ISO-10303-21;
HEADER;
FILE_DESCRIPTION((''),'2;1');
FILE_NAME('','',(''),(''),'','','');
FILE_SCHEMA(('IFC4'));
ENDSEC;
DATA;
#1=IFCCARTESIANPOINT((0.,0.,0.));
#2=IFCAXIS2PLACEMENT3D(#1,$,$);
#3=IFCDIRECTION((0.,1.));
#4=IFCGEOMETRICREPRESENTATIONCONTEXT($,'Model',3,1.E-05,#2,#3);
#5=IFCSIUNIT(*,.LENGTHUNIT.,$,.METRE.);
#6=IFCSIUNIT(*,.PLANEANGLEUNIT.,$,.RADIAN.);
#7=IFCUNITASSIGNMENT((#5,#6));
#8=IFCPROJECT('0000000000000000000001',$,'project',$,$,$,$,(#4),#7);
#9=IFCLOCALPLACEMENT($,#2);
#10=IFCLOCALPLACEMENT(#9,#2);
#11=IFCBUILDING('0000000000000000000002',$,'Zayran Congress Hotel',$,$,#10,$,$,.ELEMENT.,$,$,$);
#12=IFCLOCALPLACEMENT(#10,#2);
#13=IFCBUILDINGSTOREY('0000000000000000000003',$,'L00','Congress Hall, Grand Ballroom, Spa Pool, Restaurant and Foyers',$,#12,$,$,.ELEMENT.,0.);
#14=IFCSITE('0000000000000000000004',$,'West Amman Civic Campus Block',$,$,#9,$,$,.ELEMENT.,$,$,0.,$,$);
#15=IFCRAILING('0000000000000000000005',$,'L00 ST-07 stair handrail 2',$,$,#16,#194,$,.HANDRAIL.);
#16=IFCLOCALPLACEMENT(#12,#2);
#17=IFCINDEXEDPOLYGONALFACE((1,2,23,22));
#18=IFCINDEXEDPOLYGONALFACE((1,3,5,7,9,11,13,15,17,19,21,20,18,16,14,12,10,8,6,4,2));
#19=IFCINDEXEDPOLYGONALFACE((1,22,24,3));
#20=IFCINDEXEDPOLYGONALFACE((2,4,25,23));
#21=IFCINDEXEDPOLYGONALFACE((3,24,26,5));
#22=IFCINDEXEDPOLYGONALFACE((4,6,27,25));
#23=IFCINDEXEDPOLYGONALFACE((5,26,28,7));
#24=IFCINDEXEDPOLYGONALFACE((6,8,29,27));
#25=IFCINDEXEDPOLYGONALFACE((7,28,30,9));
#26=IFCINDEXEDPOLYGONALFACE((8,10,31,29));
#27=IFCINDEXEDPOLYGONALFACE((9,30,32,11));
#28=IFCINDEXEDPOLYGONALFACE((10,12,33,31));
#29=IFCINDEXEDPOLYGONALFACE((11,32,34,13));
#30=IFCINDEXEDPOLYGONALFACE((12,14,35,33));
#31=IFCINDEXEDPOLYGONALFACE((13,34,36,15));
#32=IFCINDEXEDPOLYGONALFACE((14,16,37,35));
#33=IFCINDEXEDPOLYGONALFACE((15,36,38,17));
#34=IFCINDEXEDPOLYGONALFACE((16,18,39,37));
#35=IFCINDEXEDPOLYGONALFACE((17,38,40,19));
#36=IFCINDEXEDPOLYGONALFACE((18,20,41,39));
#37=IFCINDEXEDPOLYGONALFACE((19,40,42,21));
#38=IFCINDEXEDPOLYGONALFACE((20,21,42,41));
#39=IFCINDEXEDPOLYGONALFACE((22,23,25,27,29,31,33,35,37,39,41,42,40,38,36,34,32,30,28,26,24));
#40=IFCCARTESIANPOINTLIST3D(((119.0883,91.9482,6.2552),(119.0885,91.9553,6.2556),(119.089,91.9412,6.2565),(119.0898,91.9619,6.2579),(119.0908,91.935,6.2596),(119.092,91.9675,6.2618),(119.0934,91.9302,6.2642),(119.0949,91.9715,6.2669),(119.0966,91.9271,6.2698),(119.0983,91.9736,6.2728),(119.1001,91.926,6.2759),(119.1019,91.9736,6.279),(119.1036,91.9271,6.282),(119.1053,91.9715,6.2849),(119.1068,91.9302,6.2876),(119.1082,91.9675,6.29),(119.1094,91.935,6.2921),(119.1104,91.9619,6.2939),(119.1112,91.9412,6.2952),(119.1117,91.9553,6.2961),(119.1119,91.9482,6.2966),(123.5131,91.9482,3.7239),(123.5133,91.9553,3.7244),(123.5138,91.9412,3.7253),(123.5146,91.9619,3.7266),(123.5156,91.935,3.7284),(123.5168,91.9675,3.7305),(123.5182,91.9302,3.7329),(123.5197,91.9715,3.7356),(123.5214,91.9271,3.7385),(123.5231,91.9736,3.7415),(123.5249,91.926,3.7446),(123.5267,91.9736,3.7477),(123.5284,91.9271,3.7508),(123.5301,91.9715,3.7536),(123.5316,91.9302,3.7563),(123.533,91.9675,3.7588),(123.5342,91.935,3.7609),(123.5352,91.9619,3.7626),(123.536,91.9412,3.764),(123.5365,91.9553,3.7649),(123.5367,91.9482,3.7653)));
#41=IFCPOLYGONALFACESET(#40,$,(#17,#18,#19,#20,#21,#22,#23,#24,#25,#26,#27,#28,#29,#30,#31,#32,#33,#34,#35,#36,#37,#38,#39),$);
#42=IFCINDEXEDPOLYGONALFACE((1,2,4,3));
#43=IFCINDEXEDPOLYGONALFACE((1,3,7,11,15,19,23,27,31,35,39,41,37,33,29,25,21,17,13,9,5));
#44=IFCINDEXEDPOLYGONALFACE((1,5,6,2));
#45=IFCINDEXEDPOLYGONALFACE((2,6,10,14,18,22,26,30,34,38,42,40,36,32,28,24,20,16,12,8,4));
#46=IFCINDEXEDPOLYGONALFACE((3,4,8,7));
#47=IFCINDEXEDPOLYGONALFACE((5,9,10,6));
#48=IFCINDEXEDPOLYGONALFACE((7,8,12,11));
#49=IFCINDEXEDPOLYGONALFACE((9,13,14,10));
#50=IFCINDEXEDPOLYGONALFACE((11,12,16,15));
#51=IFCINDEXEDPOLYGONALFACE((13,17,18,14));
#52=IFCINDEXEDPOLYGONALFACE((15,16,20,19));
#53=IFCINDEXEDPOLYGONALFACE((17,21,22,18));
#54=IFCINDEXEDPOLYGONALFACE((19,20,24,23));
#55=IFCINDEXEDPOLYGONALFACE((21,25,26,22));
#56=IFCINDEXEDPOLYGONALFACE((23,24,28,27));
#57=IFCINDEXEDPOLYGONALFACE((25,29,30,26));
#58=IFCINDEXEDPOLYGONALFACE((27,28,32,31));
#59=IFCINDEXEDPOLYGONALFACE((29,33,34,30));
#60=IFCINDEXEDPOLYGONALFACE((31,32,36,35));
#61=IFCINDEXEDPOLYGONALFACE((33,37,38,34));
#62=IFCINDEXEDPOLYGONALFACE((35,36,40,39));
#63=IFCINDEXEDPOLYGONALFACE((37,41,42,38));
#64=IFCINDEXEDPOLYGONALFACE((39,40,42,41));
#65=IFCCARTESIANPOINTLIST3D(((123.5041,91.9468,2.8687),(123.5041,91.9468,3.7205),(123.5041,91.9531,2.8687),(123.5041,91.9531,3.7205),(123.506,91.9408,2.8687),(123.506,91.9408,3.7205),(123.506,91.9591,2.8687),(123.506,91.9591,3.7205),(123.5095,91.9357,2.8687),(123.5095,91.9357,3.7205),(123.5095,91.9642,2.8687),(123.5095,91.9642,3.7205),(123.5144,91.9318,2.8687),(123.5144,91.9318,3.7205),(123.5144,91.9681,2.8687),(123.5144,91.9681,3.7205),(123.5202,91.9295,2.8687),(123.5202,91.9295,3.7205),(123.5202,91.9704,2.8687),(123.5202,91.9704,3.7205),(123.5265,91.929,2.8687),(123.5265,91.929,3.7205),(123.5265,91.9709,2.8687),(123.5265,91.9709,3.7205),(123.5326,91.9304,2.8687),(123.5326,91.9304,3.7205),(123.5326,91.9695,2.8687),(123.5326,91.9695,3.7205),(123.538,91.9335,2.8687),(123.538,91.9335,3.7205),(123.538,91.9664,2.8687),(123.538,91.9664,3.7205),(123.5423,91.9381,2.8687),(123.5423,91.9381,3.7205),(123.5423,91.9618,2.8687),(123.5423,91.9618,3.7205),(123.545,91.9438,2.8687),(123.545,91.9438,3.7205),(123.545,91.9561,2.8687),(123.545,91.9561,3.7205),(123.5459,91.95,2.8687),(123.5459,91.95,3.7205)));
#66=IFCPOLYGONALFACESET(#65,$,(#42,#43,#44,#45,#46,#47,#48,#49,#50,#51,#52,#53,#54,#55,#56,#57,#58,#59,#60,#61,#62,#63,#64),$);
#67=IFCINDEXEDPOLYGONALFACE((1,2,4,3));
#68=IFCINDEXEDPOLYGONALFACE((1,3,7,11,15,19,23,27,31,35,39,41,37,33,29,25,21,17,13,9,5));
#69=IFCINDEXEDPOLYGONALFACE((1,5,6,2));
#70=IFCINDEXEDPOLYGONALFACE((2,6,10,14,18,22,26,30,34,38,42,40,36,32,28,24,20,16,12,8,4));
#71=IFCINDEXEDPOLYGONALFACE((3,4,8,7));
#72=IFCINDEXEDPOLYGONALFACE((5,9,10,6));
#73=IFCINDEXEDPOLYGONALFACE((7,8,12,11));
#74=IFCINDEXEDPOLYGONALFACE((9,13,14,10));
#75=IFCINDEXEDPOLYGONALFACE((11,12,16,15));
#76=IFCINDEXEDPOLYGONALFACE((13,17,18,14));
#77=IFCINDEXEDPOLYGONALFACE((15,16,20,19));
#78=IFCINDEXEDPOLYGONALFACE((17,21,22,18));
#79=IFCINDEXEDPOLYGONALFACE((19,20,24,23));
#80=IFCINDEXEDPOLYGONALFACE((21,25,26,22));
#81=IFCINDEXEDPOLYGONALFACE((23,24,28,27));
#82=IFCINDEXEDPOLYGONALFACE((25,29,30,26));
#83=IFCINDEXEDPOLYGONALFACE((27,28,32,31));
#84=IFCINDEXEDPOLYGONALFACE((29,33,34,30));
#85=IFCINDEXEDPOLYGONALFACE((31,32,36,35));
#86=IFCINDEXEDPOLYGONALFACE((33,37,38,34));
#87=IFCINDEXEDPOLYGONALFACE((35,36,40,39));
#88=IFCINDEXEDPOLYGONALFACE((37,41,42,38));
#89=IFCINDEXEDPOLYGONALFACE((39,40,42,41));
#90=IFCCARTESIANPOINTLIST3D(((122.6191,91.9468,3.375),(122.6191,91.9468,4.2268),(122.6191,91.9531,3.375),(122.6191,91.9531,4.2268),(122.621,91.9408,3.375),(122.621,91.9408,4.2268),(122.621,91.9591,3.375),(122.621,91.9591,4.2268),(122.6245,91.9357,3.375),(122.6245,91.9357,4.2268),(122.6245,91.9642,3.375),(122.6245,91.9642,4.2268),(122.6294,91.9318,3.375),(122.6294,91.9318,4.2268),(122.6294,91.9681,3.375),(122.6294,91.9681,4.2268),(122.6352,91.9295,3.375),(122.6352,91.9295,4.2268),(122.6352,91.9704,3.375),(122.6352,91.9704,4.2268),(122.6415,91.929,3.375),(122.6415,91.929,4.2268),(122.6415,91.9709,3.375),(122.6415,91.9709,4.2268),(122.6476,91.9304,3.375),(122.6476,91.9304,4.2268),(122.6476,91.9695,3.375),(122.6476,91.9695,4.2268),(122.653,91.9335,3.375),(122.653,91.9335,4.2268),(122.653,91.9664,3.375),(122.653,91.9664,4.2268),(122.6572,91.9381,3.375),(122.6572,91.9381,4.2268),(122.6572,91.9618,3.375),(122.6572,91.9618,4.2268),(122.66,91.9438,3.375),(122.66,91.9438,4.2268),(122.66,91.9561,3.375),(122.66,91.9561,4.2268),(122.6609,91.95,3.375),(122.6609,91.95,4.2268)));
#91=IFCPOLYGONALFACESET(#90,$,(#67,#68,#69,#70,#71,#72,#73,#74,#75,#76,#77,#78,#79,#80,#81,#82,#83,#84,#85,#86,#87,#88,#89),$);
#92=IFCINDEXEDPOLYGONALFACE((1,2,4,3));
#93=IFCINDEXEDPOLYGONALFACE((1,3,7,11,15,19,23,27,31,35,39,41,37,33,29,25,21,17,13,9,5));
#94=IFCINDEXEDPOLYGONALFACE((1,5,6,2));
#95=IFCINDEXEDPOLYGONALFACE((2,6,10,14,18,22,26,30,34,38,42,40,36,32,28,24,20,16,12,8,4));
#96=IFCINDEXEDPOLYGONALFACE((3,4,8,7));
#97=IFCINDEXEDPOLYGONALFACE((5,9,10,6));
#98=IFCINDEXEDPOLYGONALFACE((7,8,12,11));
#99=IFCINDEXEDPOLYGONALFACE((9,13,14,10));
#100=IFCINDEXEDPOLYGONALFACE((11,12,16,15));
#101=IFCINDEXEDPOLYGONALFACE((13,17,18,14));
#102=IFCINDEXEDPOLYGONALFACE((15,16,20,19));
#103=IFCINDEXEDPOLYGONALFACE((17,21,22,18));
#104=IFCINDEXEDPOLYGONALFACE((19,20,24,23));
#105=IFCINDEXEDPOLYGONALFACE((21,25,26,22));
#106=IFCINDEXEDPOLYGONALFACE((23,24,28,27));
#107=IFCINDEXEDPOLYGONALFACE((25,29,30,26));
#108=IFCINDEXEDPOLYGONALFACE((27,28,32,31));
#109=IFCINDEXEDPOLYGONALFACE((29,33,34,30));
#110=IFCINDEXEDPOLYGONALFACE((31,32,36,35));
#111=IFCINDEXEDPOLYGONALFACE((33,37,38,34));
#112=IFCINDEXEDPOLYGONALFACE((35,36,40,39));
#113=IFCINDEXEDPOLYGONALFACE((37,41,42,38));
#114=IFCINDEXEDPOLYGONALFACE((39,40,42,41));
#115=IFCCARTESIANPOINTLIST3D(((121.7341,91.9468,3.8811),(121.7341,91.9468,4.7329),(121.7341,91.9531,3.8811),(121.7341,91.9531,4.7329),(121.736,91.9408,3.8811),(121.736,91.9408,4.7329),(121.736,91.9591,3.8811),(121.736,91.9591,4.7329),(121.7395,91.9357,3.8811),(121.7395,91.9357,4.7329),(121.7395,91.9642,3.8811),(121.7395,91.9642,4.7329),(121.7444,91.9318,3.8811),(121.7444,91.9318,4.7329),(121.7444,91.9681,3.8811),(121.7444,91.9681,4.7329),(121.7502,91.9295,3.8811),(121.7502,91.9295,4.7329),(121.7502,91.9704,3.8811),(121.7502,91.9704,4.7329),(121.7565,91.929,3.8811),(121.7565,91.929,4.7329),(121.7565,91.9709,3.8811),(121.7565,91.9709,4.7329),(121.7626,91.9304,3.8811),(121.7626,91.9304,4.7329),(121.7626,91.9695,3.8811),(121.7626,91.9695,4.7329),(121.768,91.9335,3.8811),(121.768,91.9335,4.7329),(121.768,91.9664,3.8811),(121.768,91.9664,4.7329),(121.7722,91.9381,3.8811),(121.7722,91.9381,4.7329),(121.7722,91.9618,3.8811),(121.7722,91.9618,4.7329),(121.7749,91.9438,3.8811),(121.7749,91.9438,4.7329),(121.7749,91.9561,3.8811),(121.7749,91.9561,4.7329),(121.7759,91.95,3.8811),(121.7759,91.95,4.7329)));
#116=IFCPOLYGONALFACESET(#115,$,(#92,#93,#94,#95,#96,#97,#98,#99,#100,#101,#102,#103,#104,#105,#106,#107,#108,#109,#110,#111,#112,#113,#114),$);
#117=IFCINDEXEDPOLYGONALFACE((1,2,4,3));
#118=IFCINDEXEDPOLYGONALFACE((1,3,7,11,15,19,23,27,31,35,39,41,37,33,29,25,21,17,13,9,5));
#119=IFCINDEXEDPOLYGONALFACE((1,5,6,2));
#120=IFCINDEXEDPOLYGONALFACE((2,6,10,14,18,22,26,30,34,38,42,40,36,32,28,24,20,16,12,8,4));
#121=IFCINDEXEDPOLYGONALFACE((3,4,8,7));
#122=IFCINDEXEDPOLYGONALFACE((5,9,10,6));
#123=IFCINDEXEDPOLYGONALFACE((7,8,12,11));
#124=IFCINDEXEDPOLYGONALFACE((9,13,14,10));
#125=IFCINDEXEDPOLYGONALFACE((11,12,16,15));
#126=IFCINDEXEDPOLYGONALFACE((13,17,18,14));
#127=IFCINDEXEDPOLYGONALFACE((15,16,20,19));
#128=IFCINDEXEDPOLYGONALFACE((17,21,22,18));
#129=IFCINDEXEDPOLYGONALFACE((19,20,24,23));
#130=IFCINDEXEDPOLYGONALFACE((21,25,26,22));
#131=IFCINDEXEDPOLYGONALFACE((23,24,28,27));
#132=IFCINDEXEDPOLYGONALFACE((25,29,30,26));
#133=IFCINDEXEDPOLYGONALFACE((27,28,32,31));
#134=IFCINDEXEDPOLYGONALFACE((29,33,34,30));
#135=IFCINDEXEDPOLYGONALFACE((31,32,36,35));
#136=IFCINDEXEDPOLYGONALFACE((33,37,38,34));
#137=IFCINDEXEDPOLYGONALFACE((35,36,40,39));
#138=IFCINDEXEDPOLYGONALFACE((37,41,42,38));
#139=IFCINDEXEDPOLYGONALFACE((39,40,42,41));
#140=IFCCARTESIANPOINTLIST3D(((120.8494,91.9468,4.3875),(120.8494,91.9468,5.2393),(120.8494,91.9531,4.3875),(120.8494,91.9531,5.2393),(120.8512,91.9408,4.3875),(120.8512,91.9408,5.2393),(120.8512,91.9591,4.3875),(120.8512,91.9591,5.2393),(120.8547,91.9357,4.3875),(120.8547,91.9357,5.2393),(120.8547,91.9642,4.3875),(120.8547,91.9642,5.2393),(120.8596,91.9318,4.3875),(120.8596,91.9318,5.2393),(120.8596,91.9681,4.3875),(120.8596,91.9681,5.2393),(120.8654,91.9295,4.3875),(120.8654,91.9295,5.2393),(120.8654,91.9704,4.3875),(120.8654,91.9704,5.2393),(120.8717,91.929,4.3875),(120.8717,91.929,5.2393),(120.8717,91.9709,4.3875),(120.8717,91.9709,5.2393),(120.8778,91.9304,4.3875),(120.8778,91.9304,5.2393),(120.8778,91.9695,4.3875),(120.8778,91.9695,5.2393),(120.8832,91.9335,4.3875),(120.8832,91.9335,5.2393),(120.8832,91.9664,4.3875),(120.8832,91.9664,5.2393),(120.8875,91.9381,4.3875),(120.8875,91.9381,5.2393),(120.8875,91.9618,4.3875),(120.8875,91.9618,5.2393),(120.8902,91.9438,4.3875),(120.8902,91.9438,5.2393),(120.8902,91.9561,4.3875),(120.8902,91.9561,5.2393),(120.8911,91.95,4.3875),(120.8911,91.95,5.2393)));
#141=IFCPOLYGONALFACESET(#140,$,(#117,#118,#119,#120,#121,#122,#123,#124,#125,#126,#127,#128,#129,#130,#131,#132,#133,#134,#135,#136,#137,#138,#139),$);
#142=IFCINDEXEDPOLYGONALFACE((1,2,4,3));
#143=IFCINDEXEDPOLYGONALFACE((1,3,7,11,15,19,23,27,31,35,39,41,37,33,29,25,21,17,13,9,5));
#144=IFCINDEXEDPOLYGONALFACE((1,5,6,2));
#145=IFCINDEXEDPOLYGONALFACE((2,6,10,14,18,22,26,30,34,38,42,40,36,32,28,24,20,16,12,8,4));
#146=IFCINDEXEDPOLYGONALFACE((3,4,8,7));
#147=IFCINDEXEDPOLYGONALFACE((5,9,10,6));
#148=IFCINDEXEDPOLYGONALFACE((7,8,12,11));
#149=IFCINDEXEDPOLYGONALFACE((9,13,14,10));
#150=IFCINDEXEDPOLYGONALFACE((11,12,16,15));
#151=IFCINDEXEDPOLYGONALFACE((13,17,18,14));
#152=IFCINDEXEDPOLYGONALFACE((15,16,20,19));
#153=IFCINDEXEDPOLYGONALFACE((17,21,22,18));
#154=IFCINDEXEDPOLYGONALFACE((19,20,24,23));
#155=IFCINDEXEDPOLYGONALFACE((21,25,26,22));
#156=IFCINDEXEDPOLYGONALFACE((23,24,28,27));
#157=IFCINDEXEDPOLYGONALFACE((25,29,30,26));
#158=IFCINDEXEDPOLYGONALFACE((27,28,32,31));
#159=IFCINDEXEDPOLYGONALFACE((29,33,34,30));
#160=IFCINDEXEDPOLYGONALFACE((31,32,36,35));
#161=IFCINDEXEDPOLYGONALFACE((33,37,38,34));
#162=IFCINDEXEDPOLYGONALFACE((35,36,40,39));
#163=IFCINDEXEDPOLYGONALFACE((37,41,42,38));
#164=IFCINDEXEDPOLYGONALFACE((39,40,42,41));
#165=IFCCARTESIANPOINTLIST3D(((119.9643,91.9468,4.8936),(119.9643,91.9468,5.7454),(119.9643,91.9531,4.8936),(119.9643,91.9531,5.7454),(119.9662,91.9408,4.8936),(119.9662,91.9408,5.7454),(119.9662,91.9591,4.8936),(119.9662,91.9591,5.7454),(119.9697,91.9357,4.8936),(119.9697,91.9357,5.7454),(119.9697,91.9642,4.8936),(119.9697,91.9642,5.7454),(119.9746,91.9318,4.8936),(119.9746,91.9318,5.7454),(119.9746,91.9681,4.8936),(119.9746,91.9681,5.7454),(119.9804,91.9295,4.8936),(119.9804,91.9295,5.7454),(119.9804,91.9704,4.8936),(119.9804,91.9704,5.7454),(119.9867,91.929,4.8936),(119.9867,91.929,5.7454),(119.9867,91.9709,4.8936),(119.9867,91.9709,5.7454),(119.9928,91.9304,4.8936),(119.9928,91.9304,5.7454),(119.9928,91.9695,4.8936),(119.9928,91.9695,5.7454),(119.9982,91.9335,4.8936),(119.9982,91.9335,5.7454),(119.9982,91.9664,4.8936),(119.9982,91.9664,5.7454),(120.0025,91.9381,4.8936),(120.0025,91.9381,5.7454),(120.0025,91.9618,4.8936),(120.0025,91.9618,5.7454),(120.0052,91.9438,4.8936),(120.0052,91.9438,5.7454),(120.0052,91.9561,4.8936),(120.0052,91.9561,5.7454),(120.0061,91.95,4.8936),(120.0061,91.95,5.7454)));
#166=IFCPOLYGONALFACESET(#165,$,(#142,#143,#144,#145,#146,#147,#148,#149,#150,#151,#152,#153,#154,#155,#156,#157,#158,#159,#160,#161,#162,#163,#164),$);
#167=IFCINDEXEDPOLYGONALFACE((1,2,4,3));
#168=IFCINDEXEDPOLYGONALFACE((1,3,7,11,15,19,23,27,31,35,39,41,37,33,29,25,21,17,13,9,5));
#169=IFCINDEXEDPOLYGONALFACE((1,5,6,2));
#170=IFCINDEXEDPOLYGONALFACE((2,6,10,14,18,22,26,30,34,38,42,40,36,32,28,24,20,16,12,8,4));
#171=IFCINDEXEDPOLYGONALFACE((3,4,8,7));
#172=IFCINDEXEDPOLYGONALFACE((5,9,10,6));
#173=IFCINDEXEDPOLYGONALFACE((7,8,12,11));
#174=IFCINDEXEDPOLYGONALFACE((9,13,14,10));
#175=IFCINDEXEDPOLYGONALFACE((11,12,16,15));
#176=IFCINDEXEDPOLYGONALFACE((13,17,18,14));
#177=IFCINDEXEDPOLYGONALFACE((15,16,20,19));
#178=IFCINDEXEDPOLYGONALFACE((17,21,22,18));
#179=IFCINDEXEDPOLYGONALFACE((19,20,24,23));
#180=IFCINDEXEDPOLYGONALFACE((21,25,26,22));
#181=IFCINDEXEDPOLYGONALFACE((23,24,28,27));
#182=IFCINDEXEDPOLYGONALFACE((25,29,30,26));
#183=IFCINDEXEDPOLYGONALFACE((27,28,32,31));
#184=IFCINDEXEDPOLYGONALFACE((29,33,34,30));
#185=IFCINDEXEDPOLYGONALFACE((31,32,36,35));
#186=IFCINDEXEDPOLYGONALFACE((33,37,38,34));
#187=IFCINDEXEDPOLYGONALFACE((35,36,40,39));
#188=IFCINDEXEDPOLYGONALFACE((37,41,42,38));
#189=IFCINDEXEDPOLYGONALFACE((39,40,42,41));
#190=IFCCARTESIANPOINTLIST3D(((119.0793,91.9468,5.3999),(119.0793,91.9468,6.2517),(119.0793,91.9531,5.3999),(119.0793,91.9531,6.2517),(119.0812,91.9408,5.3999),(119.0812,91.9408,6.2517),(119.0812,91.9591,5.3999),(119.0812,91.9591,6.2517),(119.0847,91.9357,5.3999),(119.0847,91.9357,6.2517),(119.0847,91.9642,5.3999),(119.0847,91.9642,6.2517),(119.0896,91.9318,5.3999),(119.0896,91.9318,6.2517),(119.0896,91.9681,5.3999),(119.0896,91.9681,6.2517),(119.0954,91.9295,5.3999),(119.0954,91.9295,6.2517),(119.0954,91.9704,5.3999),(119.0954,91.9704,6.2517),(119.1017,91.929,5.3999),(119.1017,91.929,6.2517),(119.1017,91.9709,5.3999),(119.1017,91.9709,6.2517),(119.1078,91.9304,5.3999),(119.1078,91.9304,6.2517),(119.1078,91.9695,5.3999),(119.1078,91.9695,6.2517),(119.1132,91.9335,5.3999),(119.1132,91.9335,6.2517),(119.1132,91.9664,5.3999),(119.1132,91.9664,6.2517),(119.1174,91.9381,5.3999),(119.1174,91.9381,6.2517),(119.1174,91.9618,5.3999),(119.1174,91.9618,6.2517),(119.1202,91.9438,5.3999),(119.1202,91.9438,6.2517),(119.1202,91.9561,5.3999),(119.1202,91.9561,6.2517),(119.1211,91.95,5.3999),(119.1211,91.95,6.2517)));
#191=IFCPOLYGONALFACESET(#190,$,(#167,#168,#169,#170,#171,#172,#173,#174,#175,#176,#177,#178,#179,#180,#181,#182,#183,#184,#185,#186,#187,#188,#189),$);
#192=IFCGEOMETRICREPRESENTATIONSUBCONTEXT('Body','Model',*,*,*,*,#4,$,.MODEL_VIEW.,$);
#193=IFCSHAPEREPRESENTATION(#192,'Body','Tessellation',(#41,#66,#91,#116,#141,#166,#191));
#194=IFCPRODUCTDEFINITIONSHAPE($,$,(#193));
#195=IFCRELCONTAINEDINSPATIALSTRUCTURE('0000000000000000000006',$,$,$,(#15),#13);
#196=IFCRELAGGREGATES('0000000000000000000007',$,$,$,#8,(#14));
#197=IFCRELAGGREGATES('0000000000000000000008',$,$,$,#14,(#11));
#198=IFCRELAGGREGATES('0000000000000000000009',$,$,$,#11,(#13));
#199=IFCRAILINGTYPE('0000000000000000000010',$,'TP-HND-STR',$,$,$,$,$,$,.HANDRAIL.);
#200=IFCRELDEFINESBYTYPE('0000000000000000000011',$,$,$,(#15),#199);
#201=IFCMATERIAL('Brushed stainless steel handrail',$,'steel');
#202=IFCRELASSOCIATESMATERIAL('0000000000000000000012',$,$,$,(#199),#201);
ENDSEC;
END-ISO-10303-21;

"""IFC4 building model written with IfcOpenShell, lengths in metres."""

from ifc_helpers import new_model, si_unit, direction, frame, origin, origin_2d, place, context, subcontext, project, spatial, circle, extrude, material, type_object, element, save


model = new_model("IFC4")

# Units and contexts
model_context = context("Model", 3, precision=1e-05, world=origin(), true_north=direction((0.0, 1.0)))
body_context = subcontext(model_context, "Body", "Model", "MODEL_VIEW")
ifc_project = project(units=[si_unit("LENGTHUNIT", "METRE"), si_unit("PLANEANGLEUNIT", "RADIAN")], contexts=[model_context])

# Site, building, storey
site_placement = place(None, origin())
site = spatial("IfcSite", under=ifc_project, at=site_placement, Name="West Amman Civic Campus Block", CompositionType="ELEMENT", RefElevation=0.0)
building_placement = place(site_placement, origin())
building = spatial("IfcBuilding", under=site, at=building_placement, Name="Zayran Congress Hotel", CompositionType="ELEMENT")
storey_placement = place(building_placement, origin())
storey = spatial("IfcBuildingStorey", under=building, at=storey_placement, Name="L00", Description="Congress Hall, Grand Ballroom, Spa Pool, Restaurant and Foyers", CompositionType="ELEMENT", Elevation=0.0)

# Railing
ifc_material_1 = material(Name="Brushed stainless steel handrail", Category="steel")
railing_type_1 = type_object("IfcRailingType", Name="TP-HND-STR", PredefinedType="HANDRAIL", material=ifc_material_1)
railing_1_placement = place(storey_placement, frame((123.5249, 91.95, 2.8687)))
element("IfcRailing", 1, at=railing_1_placement, inside=storey, type_object=railing_type_1, Name="L00 ST-07 stair handrail 2", PredefinedType="HANDRAIL", context=body_context, shape_type="SweptSolid", body=[
    extrude(circle(Radius=0.0239, at=origin_2d()), frame((0.0, 0.0, 0.876), z_axis=(-0.868007, 0.0, 0.496551), x_axis=(0.0, -1.0, 0.0)), (0.0, 0.0, 1.0), 5.0977),
    extrude(circle(Radius=0.021, at=origin_2d()), origin(), (0.0, 0.0, 1.0), 0.8518),
    extrude(circle(Radius=0.021, at=origin_2d()), frame((-0.885, 0.0, 0.5063)), (0.0, 0.0, 1.0), 0.8518),
    extrude(circle(Radius=0.021, at=origin_2d()), frame((-1.77, 0.0, 1.0125)), (0.0, 0.0, 1.0), 0.8518),
    extrude(circle(Radius=0.021, at=origin_2d()), frame((-2.6548, 0.0, 1.5188)), (0.0, 0.0, 1.0), 0.8518),
    extrude(circle(Radius=0.021, at=origin_2d()), frame((-3.5398, 0.0, 2.0249)), (0.0, 0.0, 1.0), 0.8518),
    extrude(circle(Radius=0.021, at=origin_2d()), frame((-4.4248, 0.0, 2.5312)), (0.0, 0.0, 1.0), 0.8518),
])

save(model, "model.ifc")
